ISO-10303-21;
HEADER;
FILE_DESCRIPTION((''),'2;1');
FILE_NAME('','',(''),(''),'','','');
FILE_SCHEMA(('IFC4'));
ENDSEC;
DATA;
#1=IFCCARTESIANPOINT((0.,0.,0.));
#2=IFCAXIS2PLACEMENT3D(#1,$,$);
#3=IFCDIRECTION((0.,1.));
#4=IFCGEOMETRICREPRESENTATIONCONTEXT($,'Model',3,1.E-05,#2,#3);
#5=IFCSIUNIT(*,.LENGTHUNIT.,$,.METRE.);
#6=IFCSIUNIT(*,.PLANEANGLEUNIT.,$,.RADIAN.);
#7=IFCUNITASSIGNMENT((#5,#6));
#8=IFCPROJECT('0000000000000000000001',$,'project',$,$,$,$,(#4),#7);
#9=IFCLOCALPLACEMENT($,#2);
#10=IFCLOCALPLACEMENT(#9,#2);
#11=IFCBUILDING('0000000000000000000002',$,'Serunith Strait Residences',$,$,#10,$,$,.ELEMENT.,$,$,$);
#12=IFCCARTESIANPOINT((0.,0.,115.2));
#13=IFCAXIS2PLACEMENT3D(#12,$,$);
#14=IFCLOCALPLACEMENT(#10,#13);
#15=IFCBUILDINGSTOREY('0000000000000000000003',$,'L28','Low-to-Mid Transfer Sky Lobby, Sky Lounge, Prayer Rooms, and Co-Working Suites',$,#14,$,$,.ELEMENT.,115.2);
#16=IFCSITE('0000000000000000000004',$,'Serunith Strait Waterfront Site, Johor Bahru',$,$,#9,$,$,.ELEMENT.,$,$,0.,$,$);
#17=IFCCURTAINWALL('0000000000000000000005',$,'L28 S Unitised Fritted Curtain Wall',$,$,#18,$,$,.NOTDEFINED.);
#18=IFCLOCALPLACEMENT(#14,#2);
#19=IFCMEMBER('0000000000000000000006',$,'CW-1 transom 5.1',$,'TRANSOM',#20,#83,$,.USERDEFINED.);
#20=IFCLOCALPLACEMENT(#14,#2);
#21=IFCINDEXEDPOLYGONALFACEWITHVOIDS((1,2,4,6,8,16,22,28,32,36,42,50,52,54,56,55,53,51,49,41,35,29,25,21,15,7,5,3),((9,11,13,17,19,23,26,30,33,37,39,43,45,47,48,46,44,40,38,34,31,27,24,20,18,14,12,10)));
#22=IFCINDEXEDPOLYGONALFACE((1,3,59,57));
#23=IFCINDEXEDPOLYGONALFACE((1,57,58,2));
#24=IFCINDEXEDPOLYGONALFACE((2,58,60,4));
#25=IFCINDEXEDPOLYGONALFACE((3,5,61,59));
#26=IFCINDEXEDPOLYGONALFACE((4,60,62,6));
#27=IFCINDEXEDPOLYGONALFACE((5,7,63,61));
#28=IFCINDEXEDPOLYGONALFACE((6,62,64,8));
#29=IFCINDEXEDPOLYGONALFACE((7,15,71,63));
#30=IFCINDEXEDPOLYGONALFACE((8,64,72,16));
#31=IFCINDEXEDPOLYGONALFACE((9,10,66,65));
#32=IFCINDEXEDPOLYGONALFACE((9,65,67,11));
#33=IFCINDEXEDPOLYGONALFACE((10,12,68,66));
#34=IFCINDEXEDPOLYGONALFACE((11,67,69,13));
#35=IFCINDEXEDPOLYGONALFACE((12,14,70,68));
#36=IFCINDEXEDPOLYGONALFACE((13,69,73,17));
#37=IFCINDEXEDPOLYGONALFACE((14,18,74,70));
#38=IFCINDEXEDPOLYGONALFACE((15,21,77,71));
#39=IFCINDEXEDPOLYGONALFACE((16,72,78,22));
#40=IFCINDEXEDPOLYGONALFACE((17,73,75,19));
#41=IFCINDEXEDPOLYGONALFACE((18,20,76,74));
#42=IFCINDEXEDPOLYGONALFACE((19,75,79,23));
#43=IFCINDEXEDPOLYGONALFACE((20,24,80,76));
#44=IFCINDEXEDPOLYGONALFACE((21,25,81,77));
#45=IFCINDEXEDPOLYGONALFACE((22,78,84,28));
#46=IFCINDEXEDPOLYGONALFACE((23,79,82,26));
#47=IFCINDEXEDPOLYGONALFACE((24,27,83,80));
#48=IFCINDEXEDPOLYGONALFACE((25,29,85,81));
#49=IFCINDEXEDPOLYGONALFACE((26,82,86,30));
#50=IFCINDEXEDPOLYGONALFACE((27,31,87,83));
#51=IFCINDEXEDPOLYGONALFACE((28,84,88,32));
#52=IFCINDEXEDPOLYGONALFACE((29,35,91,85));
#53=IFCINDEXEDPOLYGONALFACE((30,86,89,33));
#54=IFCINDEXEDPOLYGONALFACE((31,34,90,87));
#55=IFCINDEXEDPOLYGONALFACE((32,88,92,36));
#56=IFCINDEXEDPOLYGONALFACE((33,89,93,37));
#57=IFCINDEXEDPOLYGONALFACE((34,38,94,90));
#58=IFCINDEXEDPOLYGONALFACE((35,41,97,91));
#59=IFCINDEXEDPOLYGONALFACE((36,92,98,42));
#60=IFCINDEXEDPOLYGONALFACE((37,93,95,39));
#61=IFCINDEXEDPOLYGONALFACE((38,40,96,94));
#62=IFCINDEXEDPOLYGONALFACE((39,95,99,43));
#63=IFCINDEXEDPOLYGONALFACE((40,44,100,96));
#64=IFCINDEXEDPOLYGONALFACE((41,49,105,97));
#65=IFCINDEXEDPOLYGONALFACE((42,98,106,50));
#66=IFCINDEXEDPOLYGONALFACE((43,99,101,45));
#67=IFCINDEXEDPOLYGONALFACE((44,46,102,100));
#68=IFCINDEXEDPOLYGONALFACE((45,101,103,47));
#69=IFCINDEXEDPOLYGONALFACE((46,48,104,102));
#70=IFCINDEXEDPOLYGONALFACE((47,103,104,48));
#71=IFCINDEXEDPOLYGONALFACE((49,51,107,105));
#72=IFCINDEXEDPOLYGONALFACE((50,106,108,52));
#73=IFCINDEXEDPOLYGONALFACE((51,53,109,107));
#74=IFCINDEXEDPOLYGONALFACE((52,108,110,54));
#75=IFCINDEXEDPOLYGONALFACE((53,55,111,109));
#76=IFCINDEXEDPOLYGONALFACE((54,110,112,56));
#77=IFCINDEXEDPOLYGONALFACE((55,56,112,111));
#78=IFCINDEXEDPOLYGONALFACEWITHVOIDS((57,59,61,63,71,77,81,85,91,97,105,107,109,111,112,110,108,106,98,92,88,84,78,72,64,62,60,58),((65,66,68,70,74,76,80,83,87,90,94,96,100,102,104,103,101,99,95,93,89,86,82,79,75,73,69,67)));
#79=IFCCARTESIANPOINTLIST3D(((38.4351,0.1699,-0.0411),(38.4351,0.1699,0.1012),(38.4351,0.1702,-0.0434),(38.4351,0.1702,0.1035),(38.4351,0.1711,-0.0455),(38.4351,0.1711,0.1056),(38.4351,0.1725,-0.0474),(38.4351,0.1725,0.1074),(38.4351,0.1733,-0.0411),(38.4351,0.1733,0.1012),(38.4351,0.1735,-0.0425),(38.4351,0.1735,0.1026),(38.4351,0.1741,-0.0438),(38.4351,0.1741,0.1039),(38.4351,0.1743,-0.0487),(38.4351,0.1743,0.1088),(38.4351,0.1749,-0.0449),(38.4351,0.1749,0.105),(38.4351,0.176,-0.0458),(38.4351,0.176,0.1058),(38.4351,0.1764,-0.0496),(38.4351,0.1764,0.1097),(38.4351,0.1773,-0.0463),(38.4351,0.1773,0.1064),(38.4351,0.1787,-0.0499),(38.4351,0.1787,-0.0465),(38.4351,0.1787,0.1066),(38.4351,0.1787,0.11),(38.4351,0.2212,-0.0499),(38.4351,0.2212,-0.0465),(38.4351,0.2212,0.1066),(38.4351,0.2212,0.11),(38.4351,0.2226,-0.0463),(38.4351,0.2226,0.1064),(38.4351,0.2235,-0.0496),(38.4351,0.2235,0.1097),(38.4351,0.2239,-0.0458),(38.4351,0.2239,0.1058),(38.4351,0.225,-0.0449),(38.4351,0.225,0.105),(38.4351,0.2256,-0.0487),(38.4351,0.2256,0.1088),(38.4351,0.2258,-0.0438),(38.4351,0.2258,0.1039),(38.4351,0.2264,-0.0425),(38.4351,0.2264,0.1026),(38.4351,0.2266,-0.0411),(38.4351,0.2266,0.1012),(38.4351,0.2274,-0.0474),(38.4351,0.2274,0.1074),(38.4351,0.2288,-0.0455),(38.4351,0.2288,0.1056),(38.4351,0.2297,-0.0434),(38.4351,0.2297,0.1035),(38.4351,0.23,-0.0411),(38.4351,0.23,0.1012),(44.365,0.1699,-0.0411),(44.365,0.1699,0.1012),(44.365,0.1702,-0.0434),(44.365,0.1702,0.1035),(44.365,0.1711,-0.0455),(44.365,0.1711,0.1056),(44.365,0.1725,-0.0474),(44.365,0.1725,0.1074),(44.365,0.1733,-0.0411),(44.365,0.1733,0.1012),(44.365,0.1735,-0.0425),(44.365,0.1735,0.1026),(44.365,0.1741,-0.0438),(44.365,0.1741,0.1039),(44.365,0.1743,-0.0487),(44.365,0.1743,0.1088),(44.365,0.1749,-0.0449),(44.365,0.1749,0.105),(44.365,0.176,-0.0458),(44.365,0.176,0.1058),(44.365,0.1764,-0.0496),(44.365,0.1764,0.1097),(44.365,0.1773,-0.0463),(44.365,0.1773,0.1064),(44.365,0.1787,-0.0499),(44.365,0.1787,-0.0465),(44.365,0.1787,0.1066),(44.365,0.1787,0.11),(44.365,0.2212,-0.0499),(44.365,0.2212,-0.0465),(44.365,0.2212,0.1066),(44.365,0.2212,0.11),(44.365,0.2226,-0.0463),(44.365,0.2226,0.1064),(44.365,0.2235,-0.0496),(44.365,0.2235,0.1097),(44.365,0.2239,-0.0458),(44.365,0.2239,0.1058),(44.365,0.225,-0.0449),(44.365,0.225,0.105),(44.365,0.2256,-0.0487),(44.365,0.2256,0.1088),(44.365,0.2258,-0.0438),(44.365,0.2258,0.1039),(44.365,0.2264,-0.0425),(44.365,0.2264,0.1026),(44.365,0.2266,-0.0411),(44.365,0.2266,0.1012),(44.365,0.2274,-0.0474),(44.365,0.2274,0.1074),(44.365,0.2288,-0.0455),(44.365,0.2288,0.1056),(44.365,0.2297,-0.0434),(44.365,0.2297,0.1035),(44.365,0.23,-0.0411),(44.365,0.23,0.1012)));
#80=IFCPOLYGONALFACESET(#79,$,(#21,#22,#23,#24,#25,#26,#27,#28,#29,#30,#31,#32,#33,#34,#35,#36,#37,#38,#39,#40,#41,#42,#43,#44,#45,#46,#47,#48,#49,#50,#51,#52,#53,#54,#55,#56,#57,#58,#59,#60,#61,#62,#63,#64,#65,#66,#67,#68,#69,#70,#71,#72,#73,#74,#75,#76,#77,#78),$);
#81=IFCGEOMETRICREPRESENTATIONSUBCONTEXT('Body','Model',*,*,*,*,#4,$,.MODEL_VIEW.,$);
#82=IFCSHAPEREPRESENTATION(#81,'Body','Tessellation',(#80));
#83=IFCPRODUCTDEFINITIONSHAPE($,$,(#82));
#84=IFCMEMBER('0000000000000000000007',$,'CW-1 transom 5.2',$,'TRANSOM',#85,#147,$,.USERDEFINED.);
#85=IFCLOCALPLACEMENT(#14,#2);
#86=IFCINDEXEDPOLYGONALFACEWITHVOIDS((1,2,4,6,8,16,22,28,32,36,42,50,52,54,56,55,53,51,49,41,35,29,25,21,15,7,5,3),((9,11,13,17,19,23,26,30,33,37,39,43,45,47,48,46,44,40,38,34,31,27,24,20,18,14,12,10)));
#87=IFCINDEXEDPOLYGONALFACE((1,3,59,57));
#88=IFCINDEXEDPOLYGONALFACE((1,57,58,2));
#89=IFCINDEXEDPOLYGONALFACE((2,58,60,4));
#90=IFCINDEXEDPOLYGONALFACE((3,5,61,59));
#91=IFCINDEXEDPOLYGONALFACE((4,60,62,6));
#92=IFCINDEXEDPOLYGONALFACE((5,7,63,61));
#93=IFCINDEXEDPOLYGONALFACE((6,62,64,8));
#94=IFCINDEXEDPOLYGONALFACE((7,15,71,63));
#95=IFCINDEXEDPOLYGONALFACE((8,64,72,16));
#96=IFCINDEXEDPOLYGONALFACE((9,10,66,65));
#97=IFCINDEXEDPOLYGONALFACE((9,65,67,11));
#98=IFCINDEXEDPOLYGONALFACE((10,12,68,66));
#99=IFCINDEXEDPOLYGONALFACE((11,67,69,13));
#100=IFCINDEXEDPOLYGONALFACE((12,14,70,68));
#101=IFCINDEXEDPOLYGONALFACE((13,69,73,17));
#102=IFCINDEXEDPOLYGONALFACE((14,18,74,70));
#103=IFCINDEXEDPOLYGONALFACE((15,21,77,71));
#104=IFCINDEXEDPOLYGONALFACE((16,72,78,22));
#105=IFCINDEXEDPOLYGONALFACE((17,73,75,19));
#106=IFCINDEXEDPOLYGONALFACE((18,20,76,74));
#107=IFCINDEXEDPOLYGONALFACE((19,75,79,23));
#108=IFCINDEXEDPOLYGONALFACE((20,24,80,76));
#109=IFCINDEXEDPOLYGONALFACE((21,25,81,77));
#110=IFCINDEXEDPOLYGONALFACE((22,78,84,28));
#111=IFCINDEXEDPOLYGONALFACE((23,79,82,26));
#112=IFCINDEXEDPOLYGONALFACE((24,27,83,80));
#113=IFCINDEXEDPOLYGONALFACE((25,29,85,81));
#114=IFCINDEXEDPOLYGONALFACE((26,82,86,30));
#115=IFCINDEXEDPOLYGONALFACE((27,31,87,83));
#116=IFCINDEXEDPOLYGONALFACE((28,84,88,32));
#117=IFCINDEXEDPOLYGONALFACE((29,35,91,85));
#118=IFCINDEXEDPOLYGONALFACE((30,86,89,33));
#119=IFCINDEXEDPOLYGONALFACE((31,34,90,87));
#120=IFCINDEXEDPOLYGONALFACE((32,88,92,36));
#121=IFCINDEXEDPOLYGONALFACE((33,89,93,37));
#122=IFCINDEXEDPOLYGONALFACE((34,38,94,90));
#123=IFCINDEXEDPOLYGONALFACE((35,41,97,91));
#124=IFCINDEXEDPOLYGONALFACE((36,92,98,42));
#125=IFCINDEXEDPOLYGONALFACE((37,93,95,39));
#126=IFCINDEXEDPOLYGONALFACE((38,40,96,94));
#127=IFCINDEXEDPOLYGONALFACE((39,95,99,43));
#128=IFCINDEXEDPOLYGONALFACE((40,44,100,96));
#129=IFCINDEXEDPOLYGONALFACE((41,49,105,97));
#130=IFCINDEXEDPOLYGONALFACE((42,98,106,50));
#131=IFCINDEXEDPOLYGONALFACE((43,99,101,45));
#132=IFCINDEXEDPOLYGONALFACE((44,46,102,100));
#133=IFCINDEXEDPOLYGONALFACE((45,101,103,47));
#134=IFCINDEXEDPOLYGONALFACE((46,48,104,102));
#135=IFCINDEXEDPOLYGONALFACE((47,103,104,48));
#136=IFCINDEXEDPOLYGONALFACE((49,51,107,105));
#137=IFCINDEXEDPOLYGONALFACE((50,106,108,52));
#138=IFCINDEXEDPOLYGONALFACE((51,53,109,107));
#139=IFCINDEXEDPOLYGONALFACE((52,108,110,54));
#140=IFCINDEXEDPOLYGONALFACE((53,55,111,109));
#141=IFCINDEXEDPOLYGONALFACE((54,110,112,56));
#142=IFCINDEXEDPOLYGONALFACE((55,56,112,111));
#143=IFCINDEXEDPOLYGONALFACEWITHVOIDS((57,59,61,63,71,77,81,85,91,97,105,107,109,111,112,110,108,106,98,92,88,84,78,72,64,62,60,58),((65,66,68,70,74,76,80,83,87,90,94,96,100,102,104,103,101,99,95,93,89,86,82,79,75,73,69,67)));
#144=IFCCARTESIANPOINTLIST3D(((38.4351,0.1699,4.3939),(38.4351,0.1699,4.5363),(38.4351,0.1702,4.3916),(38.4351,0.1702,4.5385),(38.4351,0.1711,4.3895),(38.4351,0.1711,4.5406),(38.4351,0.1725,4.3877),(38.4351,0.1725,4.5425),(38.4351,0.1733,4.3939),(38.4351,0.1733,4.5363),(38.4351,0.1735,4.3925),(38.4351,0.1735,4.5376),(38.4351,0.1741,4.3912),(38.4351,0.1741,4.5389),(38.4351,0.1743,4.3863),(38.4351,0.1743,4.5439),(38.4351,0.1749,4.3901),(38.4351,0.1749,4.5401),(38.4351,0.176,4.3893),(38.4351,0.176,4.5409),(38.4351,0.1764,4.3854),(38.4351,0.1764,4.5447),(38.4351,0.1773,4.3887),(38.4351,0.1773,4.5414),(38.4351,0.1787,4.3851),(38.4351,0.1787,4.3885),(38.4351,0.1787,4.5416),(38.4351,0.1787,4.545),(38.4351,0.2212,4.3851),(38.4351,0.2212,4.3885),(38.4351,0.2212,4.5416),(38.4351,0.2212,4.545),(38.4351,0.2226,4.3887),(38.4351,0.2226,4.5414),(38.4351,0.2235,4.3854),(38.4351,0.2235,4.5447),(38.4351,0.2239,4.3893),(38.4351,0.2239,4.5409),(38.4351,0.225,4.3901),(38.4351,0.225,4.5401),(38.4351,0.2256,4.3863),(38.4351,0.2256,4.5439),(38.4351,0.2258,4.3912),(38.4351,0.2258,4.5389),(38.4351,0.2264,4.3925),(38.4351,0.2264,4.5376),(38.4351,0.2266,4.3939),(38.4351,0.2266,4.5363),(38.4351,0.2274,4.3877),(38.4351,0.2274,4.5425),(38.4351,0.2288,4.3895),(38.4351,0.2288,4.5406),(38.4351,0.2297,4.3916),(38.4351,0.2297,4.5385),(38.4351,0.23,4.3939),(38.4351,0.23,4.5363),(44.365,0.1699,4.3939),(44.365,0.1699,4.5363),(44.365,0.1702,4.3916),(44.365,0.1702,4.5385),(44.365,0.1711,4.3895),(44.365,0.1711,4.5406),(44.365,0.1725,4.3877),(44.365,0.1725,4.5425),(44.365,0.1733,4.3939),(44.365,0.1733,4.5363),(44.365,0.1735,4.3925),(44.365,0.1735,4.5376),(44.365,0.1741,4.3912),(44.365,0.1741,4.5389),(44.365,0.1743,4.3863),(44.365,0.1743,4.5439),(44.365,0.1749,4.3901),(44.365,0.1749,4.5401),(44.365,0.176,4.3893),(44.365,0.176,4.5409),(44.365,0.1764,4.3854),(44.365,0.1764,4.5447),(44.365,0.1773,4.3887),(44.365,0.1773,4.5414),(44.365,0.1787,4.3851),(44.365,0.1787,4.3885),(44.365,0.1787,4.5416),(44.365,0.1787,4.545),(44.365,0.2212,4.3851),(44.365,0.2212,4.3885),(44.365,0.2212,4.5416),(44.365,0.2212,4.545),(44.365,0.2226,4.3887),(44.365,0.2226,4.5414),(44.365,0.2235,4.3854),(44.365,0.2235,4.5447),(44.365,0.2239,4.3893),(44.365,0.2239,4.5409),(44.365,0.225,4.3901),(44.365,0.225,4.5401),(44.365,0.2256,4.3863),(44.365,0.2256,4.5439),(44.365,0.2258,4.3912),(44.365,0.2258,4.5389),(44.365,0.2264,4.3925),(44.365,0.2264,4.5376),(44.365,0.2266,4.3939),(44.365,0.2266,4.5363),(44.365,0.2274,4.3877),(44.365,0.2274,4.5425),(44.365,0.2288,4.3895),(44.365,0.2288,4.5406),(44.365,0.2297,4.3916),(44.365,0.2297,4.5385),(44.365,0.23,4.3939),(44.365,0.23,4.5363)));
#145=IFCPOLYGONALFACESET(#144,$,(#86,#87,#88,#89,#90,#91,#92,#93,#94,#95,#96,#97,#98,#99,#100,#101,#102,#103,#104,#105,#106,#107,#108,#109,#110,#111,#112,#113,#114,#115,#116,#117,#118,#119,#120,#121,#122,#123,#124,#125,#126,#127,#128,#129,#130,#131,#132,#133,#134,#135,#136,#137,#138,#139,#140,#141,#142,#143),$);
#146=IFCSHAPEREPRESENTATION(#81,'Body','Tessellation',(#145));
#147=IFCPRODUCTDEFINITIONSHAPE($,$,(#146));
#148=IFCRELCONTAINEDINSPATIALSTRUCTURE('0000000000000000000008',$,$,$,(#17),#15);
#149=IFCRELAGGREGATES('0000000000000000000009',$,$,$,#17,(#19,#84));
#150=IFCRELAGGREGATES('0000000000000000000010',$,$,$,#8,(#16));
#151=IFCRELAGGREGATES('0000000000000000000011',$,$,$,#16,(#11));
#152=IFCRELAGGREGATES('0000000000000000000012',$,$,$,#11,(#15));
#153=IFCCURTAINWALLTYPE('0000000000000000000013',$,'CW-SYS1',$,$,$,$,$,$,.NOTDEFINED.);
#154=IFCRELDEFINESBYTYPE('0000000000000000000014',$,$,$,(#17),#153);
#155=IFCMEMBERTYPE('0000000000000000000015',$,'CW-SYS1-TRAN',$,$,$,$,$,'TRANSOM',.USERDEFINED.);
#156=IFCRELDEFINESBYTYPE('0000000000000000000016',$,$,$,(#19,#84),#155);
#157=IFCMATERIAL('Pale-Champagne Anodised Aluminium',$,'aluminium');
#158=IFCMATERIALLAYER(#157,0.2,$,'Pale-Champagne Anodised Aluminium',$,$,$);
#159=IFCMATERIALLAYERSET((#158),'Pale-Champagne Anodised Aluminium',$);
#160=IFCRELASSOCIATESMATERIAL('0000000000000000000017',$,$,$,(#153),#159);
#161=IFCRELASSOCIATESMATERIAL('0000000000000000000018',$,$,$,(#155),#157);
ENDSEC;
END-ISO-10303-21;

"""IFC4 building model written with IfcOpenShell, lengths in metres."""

from ifc_helpers import new_model, si_unit, direction, frame, origin, origin_2d, place, context, subcontext, project, spatial, hollow_rectangle, extrude, source, transform, mapped, material, layer, layer_set, material_profile, profile_set, type_object, element, aggregate, save


model = new_model("IFC4")

# Units and contexts
model_context = context("Model", 3, precision=1e-05, world=origin(), true_north=direction((0.0, 1.0)))
body_context = subcontext(model_context, "Body", "Model", "MODEL_VIEW")
ifc_project = project(units=[si_unit("LENGTHUNIT", "METRE"), si_unit("PLANEANGLEUNIT", "RADIAN")], contexts=[model_context])

# Site, building, storey
site_placement = place(None, origin())
site = spatial("IfcSite", under=ifc_project, at=site_placement, Name="Serunith Strait Waterfront Site, Johor Bahru", CompositionType="ELEMENT", RefElevation=0.0)
building_placement = place(site_placement, origin())
building = spatial("IfcBuilding", under=site, at=building_placement, Name="Serunith Strait Residences", CompositionType="ELEMENT")
storey_placement = place(building_placement, frame((0.0, 0.0, 115.2)))
storey = spatial("IfcBuildingStorey", under=building, at=storey_placement, Name="L28", Description="Low-to-Mid Transfer Sky Lobby, Sky Lounge, Prayer Rooms, and Co-Working Suites", CompositionType="ELEMENT", Elevation=115.2)

# Curtain wall, members
ifc_material_1 = material(Name="Pale-Champagne Anodised Aluminium", Category="aluminium")
ifc_layer_1 = layer(ifc_material_1, 0.2, Name="Pale-Champagne Anodised Aluminium")
ifc_layer_set_1 = layer_set([ifc_layer_1], Name="Pale-Champagne Anodised Aluminium")
curtain_wall_type = type_object("IfcCurtainWallType", Name="CW-SYS1", PredefinedType="NOTDEFINED", material=ifc_layer_set_1)
curtain_wall_placement = place(storey_placement, origin())
curtain_wall = element("IfcCurtainWall", 1, at=curtain_wall_placement, inside=storey, type_object=curtain_wall_type, Name="L28 S Unitised Fritted Curtain Wall", PredefinedType="NOTDEFINED")
ifc_material_profile_1 = material_profile(ifc_material_1, hollow_rectangle(XDim=0.0601, YDim=0.1599, WallThickness=0.0034, InnerFilletRadius=0.0054, OuterFilletRadius=0.0088, at=origin_2d()), Name="ALU 160x60x3.5")
ifc_profile_set_1 = profile_set([ifc_material_profile_1], Name="Pale-Champagne Anodised Aluminium")
member_type_1 = type_object("IfcMemberType", Name="CW-SYS1-TRAN", ElementType="TRANSOM", PredefinedType="USERDEFINED", material=ifc_profile_set_1)
shared_shape_1 = source(origin(), body_context, "Body", "SweptSolid", [
    extrude(hollow_rectangle(XDim=0.0601, YDim=0.1599, WallThickness=0.0034, InnerFilletRadius=0.0054, OuterFilletRadius=0.0088, at=origin_2d()), origin(), (0.0, 0.0, 1.0), 5.9299),
])
member_1_placement = place(storey_placement, frame((38.4351, 0.2, 0.03), z_axis=(1.0, 0.0, 0.0), x_axis=(0.0, 1.0, 0.0)))
member_1 = element("IfcMember", 2, at=member_1_placement, type_object=member_type_1, Name="CW-1 transom 5.1", ObjectType="TRANSOM", PredefinedType="USERDEFINED", context=body_context, shape_type="MappedRepresentation", body=[
    mapped(shared_shape_1, transform((0.0, 0.0, 0.0), scale=1.0)),
])
member_2_placement = place(storey_placement, frame((38.4351, 0.2, 4.4651), z_axis=(1.0, 0.0, 0.0), x_axis=(0.0, 1.0, 0.0)))
member_2 = element("IfcMember", 3, at=member_2_placement, type_object=member_type_1, Name="CW-1 transom 5.2", ObjectType="TRANSOM", PredefinedType="USERDEFINED", context=body_context, shape_type="MappedRepresentation", body=[
    mapped(shared_shape_1, transform((0.0, 0.0, 0.0), scale=1.0)),
])
aggregate(curtain_wall, [member_1, member_2])

save(model, "model.ifc")
